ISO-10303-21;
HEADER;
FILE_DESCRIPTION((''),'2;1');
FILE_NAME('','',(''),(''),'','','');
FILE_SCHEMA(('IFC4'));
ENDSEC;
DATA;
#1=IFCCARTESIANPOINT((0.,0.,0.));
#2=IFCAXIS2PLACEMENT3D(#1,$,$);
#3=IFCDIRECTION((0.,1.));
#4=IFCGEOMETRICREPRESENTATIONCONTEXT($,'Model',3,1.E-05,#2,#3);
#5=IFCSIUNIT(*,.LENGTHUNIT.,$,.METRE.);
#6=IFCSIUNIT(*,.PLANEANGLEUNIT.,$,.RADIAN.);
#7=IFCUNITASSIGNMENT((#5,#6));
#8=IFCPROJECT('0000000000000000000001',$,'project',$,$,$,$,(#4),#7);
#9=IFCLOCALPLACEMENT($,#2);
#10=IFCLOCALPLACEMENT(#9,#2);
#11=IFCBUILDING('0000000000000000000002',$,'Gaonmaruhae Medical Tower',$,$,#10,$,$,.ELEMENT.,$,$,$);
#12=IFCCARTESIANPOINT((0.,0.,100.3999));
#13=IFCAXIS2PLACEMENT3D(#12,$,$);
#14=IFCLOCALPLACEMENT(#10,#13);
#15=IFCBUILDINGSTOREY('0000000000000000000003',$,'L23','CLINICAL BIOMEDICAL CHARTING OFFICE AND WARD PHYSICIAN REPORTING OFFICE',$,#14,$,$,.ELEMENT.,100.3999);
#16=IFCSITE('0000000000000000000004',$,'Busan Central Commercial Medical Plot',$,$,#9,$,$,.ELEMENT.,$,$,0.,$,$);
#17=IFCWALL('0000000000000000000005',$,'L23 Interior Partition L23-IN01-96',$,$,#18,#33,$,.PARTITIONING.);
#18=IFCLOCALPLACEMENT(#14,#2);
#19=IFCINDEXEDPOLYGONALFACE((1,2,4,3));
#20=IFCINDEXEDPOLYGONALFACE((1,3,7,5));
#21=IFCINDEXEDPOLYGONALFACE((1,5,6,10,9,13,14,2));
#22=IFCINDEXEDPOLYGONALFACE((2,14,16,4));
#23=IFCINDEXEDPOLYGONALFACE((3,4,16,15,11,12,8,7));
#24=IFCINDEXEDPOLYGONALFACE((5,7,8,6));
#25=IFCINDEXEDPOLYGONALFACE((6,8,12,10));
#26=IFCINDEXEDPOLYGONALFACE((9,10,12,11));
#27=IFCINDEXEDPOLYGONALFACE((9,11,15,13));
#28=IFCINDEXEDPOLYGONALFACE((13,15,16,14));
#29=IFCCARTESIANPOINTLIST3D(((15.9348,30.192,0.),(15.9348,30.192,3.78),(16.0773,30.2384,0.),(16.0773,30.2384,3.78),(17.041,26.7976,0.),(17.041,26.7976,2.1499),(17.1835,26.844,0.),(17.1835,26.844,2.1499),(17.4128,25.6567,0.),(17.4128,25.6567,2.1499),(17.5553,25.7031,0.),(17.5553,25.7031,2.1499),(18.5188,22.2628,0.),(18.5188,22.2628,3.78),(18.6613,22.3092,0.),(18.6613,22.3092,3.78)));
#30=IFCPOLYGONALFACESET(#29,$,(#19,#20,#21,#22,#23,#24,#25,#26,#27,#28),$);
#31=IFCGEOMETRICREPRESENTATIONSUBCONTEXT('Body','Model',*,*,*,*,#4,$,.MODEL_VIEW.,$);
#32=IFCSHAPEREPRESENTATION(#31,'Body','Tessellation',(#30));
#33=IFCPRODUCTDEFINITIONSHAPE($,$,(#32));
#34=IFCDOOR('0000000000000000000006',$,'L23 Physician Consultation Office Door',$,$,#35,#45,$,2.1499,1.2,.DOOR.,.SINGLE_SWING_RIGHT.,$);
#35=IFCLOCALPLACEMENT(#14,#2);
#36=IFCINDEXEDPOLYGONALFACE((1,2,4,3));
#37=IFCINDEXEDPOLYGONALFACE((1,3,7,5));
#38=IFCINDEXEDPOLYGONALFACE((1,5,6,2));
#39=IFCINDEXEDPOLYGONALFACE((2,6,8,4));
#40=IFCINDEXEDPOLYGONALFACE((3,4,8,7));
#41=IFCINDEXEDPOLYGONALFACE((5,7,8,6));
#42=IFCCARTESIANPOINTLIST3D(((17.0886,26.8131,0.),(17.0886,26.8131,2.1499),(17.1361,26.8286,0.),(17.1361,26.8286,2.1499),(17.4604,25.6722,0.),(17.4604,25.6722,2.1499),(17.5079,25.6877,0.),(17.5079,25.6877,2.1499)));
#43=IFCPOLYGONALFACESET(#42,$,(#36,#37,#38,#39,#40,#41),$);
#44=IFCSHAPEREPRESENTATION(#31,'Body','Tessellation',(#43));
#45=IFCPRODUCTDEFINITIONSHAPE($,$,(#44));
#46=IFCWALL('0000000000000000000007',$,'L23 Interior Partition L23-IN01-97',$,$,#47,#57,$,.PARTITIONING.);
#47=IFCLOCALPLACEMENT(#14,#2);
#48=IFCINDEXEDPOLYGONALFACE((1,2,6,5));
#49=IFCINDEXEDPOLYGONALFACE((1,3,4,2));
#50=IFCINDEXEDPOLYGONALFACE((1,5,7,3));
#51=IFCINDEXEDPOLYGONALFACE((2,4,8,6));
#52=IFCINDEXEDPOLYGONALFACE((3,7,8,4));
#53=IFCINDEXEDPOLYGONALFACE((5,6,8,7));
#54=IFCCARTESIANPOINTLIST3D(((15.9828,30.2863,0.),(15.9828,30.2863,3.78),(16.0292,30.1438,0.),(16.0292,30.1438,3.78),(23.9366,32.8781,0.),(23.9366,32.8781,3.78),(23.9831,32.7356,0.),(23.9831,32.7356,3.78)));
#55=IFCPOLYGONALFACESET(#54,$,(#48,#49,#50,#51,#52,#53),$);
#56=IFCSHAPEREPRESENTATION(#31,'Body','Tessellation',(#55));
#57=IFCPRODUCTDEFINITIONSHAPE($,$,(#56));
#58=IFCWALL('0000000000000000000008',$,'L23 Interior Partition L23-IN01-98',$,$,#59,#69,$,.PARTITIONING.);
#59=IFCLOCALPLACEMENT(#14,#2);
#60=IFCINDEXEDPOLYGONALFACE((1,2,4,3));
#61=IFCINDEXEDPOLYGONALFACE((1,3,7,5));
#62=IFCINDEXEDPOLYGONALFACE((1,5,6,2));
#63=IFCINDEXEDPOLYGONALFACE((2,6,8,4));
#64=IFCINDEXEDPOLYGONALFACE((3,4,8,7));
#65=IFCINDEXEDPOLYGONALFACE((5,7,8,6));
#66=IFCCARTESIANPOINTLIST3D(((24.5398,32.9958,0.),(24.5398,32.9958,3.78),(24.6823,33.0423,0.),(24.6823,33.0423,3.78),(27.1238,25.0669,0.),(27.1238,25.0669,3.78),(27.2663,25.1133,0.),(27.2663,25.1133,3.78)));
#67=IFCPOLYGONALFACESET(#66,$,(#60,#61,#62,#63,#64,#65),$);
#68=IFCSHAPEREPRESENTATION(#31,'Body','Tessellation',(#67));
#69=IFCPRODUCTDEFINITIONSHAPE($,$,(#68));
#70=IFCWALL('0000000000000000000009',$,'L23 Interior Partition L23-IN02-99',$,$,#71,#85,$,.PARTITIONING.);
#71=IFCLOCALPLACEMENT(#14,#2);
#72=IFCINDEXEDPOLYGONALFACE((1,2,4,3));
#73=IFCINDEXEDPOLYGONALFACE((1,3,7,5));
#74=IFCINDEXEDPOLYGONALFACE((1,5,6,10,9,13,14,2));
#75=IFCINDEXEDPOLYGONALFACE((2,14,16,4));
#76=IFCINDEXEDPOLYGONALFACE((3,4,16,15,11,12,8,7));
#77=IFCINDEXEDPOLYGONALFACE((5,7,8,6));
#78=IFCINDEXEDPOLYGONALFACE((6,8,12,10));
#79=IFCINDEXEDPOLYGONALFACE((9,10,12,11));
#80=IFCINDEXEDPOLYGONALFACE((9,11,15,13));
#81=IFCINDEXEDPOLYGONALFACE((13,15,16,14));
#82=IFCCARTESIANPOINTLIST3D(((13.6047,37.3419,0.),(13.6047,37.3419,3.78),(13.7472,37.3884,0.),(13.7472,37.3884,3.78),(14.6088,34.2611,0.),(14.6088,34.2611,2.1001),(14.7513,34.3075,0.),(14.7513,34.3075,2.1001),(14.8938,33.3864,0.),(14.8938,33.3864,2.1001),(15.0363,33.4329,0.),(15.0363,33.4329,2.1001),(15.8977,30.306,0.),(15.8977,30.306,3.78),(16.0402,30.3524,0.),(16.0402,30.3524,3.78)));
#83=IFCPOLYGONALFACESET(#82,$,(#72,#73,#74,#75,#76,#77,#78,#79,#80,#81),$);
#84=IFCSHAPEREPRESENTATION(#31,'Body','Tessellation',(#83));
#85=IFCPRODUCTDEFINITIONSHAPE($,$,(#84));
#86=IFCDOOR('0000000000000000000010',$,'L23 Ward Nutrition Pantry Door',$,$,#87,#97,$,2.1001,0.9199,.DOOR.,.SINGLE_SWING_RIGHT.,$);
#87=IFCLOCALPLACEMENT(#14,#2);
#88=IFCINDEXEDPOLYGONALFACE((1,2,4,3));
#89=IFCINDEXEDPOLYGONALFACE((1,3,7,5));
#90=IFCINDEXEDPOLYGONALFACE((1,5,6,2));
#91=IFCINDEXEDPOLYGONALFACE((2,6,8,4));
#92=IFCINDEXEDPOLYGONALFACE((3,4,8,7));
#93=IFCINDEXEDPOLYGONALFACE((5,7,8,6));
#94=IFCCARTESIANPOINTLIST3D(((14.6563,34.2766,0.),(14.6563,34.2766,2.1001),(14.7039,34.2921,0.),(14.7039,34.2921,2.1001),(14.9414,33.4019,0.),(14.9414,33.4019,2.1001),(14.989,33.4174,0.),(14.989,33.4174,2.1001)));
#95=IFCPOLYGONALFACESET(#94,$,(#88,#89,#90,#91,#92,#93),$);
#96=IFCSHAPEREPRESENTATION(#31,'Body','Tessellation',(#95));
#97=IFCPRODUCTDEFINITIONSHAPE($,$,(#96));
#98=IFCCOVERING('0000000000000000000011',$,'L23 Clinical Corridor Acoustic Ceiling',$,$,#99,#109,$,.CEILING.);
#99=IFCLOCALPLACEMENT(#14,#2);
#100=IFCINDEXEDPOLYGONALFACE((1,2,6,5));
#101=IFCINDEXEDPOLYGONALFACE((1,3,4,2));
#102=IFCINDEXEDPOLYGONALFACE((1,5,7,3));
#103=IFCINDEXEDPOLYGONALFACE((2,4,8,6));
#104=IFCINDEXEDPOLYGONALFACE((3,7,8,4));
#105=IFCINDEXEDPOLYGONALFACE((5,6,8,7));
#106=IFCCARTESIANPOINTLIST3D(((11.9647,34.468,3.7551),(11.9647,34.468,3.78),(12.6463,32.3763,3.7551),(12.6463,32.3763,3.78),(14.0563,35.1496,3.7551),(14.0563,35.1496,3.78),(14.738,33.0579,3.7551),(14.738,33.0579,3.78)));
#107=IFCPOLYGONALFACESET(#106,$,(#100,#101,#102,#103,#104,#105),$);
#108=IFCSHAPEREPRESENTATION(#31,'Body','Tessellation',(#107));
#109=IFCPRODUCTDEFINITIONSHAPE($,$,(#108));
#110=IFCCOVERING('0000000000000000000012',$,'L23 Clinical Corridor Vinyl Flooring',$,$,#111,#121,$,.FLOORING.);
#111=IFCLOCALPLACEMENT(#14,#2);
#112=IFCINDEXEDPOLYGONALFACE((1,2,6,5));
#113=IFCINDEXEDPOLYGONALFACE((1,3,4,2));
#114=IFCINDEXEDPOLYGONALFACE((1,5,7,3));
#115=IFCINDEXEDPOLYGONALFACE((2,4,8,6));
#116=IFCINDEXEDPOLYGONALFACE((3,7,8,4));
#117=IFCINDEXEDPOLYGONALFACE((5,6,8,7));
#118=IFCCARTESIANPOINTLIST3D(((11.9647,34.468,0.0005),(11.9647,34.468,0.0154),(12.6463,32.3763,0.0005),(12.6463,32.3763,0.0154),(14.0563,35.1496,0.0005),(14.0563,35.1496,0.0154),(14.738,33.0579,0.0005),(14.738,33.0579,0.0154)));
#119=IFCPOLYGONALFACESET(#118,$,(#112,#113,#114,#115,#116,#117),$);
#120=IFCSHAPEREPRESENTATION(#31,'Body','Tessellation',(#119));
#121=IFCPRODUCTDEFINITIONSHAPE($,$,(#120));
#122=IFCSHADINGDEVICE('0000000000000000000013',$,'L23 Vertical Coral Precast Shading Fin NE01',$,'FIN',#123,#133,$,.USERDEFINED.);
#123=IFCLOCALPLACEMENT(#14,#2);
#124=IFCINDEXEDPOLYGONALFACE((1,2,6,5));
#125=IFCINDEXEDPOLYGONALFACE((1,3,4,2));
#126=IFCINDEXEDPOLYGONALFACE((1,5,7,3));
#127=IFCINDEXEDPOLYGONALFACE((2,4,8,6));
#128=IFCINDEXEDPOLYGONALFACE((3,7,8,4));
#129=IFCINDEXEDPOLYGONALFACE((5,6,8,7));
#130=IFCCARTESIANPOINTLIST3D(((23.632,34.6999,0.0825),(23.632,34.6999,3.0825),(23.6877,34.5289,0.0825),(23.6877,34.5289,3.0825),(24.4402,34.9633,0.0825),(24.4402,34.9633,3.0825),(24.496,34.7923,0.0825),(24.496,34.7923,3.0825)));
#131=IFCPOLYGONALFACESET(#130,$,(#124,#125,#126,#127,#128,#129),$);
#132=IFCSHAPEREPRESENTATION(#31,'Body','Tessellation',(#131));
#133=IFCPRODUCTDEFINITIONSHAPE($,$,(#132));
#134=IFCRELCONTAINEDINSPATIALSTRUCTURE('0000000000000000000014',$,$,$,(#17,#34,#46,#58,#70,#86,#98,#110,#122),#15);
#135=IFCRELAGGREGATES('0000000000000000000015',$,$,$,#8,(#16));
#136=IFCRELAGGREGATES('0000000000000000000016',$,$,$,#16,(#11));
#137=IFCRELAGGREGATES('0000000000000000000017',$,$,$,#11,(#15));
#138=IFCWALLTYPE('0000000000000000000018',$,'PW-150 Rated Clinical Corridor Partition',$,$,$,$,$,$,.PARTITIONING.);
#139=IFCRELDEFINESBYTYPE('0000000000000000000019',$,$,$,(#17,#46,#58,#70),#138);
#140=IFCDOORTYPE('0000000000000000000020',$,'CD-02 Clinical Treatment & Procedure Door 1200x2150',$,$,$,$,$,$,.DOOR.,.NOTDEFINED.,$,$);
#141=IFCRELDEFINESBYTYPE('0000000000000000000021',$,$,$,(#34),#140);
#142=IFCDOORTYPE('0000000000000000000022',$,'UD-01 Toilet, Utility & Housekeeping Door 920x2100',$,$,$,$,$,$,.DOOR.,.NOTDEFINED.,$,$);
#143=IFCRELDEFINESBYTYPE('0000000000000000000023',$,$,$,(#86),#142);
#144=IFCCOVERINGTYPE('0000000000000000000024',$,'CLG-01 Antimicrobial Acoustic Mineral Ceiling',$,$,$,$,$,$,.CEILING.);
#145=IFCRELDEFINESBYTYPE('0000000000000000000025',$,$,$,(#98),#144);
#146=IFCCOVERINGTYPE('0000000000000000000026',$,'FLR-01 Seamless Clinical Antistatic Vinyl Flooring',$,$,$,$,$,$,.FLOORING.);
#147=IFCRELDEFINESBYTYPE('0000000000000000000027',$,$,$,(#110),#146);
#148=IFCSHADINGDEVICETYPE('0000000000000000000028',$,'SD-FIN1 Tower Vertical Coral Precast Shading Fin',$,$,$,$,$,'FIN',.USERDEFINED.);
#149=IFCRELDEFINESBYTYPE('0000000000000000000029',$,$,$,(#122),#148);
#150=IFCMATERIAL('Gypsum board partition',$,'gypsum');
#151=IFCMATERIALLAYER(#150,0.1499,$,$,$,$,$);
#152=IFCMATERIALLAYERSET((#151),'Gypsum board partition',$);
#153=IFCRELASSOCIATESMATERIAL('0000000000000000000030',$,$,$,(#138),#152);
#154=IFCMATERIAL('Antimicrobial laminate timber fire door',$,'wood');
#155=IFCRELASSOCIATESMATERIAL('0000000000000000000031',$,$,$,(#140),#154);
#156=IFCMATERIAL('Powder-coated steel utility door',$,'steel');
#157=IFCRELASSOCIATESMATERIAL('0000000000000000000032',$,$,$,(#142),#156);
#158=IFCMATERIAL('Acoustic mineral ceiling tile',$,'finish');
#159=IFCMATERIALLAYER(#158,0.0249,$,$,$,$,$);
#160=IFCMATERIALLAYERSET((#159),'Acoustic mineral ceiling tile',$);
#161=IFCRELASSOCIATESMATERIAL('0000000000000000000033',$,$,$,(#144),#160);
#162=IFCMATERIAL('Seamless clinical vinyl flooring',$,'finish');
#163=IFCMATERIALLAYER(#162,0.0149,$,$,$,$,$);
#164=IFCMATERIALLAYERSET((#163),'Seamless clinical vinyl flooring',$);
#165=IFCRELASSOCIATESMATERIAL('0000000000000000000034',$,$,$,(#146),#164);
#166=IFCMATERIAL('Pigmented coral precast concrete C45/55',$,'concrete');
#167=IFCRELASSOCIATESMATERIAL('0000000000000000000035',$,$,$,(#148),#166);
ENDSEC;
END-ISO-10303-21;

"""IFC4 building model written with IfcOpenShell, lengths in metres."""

from ifc_helpers import new_model, si_unit, direction, frame, frame_2d, origin, origin_2d, place, context, subcontext, project, spatial, rectangle, extrude, material, layer, layer_set, type_object, element, fill, save


model = new_model("IFC4")

# Units and contexts
model_context = context("Model", 3, precision=1e-05, world=origin(), true_north=direction((0.0, 1.0)))
body_context = subcontext(model_context, "Body", "Model", "MODEL_VIEW")
ifc_project = project(units=[si_unit("LENGTHUNIT", "METRE"), si_unit("PLANEANGLEUNIT", "RADIAN")], contexts=[model_context])

# Site, building, storey
site_placement = place(None, origin())
site = spatial("IfcSite", under=ifc_project, at=site_placement, Name="Busan Central Commercial Medical Plot", CompositionType="ELEMENT", RefElevation=0.0)
building_placement = place(site_placement, origin())
building = spatial("IfcBuilding", under=site, at=building_placement, Name="Gaonmaruhae Medical Tower", CompositionType="ELEMENT")
storey_placement = place(building_placement, frame((0.0, 0.0, 100.3999)))
storey = spatial("IfcBuildingStorey", under=building, at=storey_placement, Name="L23", Description="CLINICAL BIOMEDICAL CHARTING OFFICE AND WARD PHYSICIAN REPORTING OFFICE", CompositionType="ELEMENT", Elevation=100.3999)

# Shared definitions
ifc_material_1 = material(Name="Gypsum board partition", Category="gypsum")
ifc_layer_1 = layer(ifc_material_1, 0.1499)
ifc_layer_set_1 = layer_set([ifc_layer_1], Name="Gypsum board partition")
wall_type_1 = type_object("IfcWallType", Name="PW-150 Rated Clinical Corridor Partition", PredefinedType="PARTITIONING", material=ifc_layer_set_1)
ifc_material_2 = material(Name="Antimicrobial laminate timber fire door", Category="wood")
door_type_1 = type_object("IfcDoorType", Name="CD-02 Clinical Treatment & Procedure Door 1200x2150", OperationType="NOTDEFINED", PredefinedType="DOOR", material=ifc_material_2)

# Wall, opening, door
wall_1_placement = place(storey_placement, frame((18.5901, 22.2859, 0.0), z_axis=(0.0, 0.0, 1.0), x_axis=(-0.309845, 0.950787, 0.0)))
wall_1 = element("IfcWall", 1, at=wall_1_placement, inside=storey, type_object=wall_type_1, Name="L23 Interior Partition L23-IN01-96", PredefinedType="PARTITIONING", context=body_context, shape_type="SweptSolid", body=[
    extrude(rectangle(XDim=8.3396, YDim=0.1499, at=frame_2d((4.1699, 0.0))), origin(), (0.0, 0.0, 1.0), 3.78),
])
opening_1_placement = place(wall_1_placement, frame((3.5696, 0.0, 0.0)))
opening_1 = element("IfcOpeningElement", 2, at=opening_1_placement, cuts=wall_1, PredefinedType="OPENING", context=body_context, shape_type="SweptSolid", body=[
    extrude(rectangle(XDim=1.2, YDim=2.1499, at=frame_2d((0.6001, 1.075))), frame((0.0, 0.085, 0.0), z_axis=(0.0, -1.0, 0.0), x_axis=(1.0, 0.0, 0.0)), (0.0, 0.0, 1.0), 0.1699),
])
door_1_placement = place(opening_1_placement, origin())
door_1 = element("IfcDoor", 3, at=door_1_placement, inside=storey, type_object=door_type_1, Name="L23 Physician Consultation Office Door", OperationType="SINGLE_SWING_RIGHT", OverallHeight=2.1499, OverallWidth=1.2, PredefinedType="DOOR", context=body_context, shape_type="SweptSolid", body=[
    extrude(rectangle(XDim=1.2, YDim=2.1499, at=frame_2d((0.6001, 1.075))), frame((0.0, 0.0249, 0.0), z_axis=(0.0, -1.0, 0.0), x_axis=(1.0, 0.0, 0.0)), (0.0, 0.0, 1.0), 0.05),
])
fill(opening_1, door_1)

# Walls
wall_2_placement = place(storey_placement, frame((16.0061, 30.2151, 0.0), z_axis=(0.0, 0.0, 1.0), x_axis=(0.950795, 0.30982, 0.0)))
element("IfcWall", 4, at=wall_2_placement, inside=storey, type_object=wall_type_1, Name="L23 Interior Partition L23-IN01-97", PredefinedType="PARTITIONING", context=body_context, shape_type="SweptSolid", body=[
    extrude(rectangle(XDim=8.3655, YDim=0.1499, at=frame_2d((4.1826, 0.0))), origin(), (0.0, 0.0, 1.0), 3.78),
])
wall_3_placement = place(storey_placement, frame((24.6111, 33.019, 0.0), z_axis=(0.0, 0.0, 1.0), x_axis=(0.309853, -0.950784, 0.0)))
element("IfcWall", 5, at=wall_3_placement, inside=storey, type_object=wall_type_1, Name="L23 Interior Partition L23-IN01-98", PredefinedType="PARTITIONING", context=body_context, shape_type="SweptSolid", body=[
    extrude(rectangle(XDim=8.3394, YDim=0.1499, at=frame_2d((4.1697, 0.0))), origin(), (0.0, 0.0, 1.0), 3.78),
])

# Wall, opening, door
wall_4_placement = place(storey_placement, frame((15.969, 30.3291, 0.0), z_axis=(0.0, 0.0, 1.0), x_axis=(-0.309857, 0.950783, 0.0)))
wall_4 = element("IfcWall", 6, at=wall_4_placement, inside=storey, type_object=wall_type_1, Name="L23 Interior Partition L23-IN02-99", PredefinedType="PARTITIONING", context=body_context, shape_type="SweptSolid", body=[
    extrude(rectangle(XDim=7.4001, YDim=0.1499, at=frame_2d((3.7002, 0.0))), origin(), (0.0, 0.0, 1.0), 3.78),
])
opening_2_placement = place(wall_4_placement, frame((3.24, 0.0, 0.0)))
opening_2 = element("IfcOpeningElement", 7, at=opening_2_placement, cuts=wall_4, PredefinedType="OPENING", context=body_context, shape_type="SweptSolid", body=[
    extrude(rectangle(XDim=0.9199, YDim=2.1001, at=frame_2d((0.46, 1.05))), frame((0.0, 0.085, 0.0), z_axis=(0.0, -1.0, 0.0), x_axis=(1.0, 0.0, 0.0)), (0.0, 0.0, 1.0), 0.1699),
])
ifc_material_3 = material(Name="Powder-coated steel utility door", Category="steel")
door_type_2 = type_object("IfcDoorType", Name="UD-01 Toilet, Utility & Housekeeping Door 920x2100", OperationType="NOTDEFINED", PredefinedType="DOOR", material=ifc_material_3)
door_2_placement = place(opening_2_placement, origin())
door_2 = element("IfcDoor", 8, at=door_2_placement, inside=storey, type_object=door_type_2, Name="L23 Ward Nutrition Pantry Door", OperationType="SINGLE_SWING_RIGHT", OverallHeight=2.1001, OverallWidth=0.9199, PredefinedType="DOOR", context=body_context, shape_type="SweptSolid", body=[
    extrude(rectangle(XDim=0.9199, YDim=2.1001, at=frame_2d((0.46, 1.05))), frame((0.0, 0.0249, 0.0), z_axis=(0.0, -1.0, 0.0), x_axis=(1.0, 0.0, 0.0)), (0.0, 0.0, 1.0), 0.05),
])
fill(opening_2, door_2)

# Coverings
ifc_material_4 = material(Name="Acoustic mineral ceiling tile", Category="finish")
ifc_layer_2 = layer(ifc_material_4, 0.0249)
ifc_layer_set_2 = layer_set([ifc_layer_2], Name="Acoustic mineral ceiling tile")
covering_type_1 = type_object("IfcCoveringType", Name="CLG-01 Antimicrobial Acoustic Mineral Ceiling", PredefinedType="CEILING", material=ifc_layer_set_2)
covering_1_placement = place(storey_placement, frame((13.3513, 33.7629, 3.7551), z_axis=(0.0, 0.0, 1.0), x_axis=(0.950786, 0.309847, 0.0)))
element("IfcCovering", 9, at=covering_1_placement, inside=storey, type_object=covering_type_1, Name="L23 Clinical Corridor Acoustic Ceiling", PredefinedType="CEILING", context=body_context, shape_type="SweptSolid", body=[
    extrude(rectangle(XDim=2.2, YDim=2.2, at=origin_2d()), origin(), (0.0, 0.0, 1.0), 0.0249),
])
ifc_material_5 = material(Name="Seamless clinical vinyl flooring", Category="finish")
ifc_layer_3 = layer(ifc_material_5, 0.0149)
ifc_layer_set_3 = layer_set([ifc_layer_3], Name="Seamless clinical vinyl flooring")
covering_type_2 = type_object("IfcCoveringType", Name="FLR-01 Seamless Clinical Antistatic Vinyl Flooring", PredefinedType="FLOORING", material=ifc_layer_set_3)
covering_2_placement = place(storey_placement, frame((13.3513, 33.7629, 0.0005), z_axis=(0.0, 0.0, 1.0), x_axis=(0.950786, 0.309847, 0.0)))
element("IfcCovering", 10, at=covering_2_placement, inside=storey, type_object=covering_type_2, Name="L23 Clinical Corridor Vinyl Flooring", PredefinedType="FLOORING", context=body_context, shape_type="SweptSolid", body=[
    extrude(rectangle(XDim=2.2, YDim=2.2, at=origin_2d()), origin(), (0.0, 0.0, 1.0), 0.0149),
])

# Shading device
ifc_material_6 = material(Name="Pigmented coral precast concrete C45/55", Category="concrete")
shading_device_type = type_object("IfcShadingDeviceType", Name="SD-FIN1 Tower Vertical Coral Precast Shading Fin", ElementType="FIN", PredefinedType="USERDEFINED", material=ifc_material_6)
shading_device_placement = place(storey_placement, frame((24.064, 34.7461, 0.0825), z_axis=(0.0, 0.0, 1.0), x_axis=(0.309847, -0.950786, 0.0)))
element("IfcShadingDevice", 11, at=shading_device_placement, inside=storey, type_object=shading_device_type, Name="L23 Vertical Coral Precast Shading Fin NE01", ObjectType="FIN", PredefinedType="USERDEFINED", context=body_context, shape_type="SweptSolid", body=[
    extrude(rectangle(XDim=0.1799, YDim=0.8501, at=origin_2d()), origin(), (0.0, 0.0, 1.0), 3.0),
])

save(model, "model.ifc")
